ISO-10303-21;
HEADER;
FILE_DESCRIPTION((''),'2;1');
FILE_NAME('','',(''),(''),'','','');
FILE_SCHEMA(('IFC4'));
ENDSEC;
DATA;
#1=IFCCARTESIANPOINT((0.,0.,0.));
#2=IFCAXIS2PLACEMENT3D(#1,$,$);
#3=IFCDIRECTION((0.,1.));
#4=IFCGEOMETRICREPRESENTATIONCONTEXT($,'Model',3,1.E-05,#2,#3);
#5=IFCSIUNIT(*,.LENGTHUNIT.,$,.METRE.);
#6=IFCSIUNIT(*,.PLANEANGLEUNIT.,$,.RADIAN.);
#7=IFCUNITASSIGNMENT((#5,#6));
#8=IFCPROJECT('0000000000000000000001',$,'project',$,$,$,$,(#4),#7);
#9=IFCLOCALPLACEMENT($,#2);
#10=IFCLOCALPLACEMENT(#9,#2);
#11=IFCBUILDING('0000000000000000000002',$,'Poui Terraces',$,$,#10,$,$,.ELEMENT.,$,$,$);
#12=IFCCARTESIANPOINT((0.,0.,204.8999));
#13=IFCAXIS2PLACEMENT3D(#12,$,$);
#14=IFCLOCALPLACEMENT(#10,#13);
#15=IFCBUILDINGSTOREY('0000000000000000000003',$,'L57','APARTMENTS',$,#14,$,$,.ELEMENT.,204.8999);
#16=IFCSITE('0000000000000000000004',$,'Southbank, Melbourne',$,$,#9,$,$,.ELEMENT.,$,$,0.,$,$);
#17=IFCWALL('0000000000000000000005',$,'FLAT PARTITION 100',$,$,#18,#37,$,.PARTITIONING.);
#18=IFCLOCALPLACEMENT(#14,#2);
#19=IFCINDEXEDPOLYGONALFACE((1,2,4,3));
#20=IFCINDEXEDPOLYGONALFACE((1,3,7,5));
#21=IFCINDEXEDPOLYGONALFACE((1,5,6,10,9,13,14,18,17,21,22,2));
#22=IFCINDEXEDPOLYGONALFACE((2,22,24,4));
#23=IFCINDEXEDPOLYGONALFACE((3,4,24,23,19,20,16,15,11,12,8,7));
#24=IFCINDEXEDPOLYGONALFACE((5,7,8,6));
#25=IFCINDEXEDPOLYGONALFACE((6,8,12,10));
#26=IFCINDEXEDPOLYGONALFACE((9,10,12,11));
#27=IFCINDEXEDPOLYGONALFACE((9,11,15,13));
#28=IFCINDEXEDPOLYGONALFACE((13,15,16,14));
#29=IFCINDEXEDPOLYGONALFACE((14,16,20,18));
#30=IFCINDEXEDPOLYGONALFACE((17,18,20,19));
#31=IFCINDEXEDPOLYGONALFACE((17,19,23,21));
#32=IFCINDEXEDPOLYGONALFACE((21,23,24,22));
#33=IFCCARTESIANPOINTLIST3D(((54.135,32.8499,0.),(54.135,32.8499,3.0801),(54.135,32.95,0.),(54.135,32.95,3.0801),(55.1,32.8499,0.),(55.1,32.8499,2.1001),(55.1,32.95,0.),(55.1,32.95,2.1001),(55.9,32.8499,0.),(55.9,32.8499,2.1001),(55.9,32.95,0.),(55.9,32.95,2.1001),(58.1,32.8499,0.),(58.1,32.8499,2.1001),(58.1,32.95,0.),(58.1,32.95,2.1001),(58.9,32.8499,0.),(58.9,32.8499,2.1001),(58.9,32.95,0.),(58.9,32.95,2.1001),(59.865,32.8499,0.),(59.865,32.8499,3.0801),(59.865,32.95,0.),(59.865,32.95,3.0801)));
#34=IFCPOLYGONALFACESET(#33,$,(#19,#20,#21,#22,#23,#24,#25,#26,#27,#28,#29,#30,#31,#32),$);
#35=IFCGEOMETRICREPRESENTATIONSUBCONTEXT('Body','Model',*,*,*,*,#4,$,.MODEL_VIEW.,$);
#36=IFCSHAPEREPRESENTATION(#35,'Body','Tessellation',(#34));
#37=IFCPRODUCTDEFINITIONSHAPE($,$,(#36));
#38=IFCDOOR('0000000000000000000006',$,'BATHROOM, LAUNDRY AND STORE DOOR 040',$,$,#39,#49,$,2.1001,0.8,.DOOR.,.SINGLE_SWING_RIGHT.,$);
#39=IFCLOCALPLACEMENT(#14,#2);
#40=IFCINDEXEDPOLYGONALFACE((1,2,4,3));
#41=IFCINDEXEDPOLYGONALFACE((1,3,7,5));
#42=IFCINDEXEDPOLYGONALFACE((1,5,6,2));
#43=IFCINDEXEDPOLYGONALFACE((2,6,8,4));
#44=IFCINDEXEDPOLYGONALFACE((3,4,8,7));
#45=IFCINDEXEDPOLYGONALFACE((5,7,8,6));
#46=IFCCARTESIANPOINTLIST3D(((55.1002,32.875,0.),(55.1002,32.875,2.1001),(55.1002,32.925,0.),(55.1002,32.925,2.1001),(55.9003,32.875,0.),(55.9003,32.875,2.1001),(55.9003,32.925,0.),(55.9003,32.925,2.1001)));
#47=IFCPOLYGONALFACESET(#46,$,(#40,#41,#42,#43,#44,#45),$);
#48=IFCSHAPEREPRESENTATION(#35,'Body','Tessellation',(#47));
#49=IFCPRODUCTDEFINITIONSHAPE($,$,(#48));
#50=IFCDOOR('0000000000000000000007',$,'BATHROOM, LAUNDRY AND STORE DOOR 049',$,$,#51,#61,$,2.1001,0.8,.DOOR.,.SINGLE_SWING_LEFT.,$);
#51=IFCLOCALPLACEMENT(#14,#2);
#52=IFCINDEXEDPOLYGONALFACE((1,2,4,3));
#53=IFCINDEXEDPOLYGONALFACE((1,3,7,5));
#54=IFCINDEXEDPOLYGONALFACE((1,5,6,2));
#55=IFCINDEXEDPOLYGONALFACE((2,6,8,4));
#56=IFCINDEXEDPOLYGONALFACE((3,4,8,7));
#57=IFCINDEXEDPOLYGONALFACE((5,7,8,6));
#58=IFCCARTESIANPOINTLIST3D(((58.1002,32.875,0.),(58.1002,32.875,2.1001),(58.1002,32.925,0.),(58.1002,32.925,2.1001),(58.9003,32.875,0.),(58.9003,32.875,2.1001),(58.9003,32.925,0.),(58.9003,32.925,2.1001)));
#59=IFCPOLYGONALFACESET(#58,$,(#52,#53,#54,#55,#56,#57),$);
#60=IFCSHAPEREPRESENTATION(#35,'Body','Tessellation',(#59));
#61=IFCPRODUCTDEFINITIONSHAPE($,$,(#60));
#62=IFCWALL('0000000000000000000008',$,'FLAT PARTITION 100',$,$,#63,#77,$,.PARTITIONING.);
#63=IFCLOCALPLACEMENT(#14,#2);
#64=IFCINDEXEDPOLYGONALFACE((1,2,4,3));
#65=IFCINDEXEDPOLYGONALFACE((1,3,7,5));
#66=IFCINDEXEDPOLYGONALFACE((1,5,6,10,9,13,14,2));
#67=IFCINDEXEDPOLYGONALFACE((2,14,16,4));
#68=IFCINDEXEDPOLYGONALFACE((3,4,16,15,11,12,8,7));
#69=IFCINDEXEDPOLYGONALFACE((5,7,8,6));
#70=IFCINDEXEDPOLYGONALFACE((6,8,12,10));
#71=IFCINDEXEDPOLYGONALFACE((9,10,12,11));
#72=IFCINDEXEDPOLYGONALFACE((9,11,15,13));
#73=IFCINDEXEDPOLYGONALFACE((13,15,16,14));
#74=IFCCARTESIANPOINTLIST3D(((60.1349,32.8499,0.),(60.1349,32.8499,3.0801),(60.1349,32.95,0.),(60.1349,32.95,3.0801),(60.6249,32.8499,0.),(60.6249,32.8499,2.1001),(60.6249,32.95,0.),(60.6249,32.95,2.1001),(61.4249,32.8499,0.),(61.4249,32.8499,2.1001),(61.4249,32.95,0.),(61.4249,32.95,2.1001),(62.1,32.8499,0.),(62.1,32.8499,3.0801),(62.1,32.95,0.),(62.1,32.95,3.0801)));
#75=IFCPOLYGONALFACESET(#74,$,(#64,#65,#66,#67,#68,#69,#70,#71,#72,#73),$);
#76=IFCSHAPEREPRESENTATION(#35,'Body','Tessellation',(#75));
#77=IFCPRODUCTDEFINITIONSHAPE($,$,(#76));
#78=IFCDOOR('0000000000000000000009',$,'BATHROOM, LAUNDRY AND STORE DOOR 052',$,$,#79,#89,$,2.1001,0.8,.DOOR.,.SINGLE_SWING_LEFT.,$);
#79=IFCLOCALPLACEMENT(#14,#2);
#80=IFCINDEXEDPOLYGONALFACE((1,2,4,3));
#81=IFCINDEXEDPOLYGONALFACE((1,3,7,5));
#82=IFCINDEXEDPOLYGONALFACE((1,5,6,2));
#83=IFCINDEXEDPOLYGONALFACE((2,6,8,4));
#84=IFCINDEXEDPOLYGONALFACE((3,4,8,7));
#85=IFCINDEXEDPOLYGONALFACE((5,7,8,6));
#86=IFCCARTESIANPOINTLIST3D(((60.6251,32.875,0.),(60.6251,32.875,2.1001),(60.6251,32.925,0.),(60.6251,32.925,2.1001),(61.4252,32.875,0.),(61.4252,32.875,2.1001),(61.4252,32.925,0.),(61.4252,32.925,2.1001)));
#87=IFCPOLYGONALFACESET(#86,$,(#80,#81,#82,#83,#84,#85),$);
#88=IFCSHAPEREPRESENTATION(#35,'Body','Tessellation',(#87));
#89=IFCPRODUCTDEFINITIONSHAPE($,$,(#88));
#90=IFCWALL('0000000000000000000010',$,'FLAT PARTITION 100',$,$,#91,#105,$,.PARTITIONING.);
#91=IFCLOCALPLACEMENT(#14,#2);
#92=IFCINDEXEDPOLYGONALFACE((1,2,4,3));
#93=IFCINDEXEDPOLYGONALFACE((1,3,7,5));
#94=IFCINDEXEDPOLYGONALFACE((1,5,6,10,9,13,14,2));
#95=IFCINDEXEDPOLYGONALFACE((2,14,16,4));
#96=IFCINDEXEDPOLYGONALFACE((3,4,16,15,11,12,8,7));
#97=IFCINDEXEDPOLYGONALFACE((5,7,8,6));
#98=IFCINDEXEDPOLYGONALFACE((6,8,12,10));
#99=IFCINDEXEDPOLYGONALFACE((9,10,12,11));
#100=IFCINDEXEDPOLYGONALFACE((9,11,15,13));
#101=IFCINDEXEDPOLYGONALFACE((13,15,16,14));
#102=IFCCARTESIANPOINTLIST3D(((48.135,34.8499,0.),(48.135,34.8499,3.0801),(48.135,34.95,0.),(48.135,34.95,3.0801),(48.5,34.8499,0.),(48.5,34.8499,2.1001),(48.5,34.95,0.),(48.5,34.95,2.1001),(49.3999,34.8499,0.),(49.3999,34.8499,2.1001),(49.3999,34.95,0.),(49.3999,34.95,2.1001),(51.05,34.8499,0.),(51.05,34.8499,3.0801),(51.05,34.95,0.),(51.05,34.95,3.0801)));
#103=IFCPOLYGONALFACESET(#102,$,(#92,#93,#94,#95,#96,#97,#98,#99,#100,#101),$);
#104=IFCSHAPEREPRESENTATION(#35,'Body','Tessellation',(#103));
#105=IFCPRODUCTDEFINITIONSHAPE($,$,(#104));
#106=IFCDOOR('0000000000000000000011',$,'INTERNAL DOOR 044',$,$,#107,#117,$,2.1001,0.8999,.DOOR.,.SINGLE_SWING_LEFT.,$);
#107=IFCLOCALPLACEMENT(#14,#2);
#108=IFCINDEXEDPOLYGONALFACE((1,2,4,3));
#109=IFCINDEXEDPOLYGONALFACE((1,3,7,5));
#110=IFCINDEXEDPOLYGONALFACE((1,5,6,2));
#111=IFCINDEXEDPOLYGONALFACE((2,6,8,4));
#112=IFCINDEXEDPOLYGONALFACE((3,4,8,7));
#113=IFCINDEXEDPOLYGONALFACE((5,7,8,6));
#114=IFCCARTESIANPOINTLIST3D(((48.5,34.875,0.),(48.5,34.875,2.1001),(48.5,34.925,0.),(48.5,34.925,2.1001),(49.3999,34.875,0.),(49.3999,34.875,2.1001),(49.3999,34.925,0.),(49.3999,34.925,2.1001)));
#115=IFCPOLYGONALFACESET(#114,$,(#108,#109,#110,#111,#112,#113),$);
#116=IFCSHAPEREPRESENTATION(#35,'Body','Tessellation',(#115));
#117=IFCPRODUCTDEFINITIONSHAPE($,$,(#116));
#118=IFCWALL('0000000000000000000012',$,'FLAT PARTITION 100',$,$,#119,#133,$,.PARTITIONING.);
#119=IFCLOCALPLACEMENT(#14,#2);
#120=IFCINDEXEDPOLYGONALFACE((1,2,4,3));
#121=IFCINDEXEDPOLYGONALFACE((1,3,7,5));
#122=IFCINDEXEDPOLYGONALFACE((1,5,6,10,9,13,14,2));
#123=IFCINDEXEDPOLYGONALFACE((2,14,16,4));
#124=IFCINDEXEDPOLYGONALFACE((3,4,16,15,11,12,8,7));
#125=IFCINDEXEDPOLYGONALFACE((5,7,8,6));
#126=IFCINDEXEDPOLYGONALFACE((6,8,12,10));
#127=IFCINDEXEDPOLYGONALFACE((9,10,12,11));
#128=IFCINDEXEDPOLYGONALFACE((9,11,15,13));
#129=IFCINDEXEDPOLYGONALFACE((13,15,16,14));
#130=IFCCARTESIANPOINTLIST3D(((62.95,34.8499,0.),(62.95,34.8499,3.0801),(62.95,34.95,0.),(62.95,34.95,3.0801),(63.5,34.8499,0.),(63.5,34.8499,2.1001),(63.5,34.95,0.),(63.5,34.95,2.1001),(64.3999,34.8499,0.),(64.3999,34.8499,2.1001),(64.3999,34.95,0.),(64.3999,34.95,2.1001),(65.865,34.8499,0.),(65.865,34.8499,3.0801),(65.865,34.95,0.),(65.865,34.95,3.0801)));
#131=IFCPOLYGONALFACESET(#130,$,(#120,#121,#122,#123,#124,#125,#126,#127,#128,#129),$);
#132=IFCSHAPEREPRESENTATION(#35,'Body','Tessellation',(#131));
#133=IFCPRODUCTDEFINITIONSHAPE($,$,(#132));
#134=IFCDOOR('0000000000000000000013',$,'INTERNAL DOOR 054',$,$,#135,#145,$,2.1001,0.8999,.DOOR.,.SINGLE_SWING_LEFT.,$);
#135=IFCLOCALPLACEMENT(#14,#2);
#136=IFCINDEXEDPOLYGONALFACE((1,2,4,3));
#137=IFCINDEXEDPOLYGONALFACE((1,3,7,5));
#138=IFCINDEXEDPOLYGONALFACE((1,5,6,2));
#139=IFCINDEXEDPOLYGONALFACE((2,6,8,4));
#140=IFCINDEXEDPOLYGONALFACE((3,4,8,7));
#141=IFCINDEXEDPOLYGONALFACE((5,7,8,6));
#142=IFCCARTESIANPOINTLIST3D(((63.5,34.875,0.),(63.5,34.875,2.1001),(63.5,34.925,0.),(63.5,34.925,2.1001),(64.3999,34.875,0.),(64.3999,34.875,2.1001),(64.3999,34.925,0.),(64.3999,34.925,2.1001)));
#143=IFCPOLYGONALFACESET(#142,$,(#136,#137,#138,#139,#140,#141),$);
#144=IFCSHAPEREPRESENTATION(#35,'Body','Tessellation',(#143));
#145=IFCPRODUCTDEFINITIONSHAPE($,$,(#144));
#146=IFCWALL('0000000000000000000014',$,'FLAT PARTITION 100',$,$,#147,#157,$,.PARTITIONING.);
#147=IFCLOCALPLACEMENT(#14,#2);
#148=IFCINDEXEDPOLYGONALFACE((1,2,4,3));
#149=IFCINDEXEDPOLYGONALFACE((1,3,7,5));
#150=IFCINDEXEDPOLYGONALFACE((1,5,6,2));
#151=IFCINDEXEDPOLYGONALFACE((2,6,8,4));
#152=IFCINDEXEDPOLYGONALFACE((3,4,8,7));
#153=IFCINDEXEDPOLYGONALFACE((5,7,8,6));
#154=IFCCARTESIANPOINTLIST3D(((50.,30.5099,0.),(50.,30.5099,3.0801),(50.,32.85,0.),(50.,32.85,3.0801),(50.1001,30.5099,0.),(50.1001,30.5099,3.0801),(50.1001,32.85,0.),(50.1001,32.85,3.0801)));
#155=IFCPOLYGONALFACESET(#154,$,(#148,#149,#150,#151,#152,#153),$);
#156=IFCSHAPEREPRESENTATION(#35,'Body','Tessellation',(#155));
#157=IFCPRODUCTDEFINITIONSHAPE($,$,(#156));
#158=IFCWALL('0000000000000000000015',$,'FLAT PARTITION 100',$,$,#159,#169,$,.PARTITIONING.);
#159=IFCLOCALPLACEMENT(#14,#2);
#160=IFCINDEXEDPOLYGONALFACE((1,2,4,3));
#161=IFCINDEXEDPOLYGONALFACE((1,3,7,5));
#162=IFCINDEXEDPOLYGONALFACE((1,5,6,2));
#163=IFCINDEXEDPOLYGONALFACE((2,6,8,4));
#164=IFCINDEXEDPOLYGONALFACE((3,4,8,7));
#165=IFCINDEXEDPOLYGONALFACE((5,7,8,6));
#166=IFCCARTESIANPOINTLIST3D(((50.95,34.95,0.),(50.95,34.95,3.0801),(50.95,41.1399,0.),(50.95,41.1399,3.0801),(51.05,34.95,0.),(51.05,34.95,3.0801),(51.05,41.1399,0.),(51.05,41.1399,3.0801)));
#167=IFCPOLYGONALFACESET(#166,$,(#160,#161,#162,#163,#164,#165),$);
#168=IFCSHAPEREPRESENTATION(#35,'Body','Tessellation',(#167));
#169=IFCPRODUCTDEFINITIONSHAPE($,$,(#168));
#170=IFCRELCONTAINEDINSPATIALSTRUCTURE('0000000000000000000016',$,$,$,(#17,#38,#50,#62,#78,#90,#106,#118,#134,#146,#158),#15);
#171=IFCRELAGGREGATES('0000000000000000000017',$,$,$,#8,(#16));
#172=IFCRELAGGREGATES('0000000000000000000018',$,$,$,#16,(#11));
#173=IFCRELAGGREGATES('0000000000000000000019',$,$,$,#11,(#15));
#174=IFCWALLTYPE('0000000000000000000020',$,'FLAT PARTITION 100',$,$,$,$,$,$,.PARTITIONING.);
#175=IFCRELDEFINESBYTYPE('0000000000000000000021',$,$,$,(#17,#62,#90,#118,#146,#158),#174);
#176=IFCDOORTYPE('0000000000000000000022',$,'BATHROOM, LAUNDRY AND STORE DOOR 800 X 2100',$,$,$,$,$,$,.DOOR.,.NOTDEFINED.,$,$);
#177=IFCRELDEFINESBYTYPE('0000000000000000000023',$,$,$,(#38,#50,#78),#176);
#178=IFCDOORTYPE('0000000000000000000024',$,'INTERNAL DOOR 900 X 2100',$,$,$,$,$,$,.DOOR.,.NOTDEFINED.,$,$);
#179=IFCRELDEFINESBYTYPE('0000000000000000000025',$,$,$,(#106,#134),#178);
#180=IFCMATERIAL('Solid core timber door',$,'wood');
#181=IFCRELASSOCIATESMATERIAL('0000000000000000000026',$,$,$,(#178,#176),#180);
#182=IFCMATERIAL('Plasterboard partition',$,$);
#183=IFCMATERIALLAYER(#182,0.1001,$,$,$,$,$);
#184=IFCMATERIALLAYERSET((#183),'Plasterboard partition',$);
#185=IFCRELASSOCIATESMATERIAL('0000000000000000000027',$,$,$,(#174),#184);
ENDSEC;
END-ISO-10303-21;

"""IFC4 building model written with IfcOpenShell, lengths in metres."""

from ifc_helpers import new_model, si_unit, direction, frame, frame_2d, origin, place, context, subcontext, project, spatial, rectangle, extrude, material, layer, layer_set, type_object, element, fill, save


model = new_model("IFC4")

# Units and contexts
model_context = context("Model", 3, precision=1e-05, world=origin(), true_north=direction((0.0, 1.0)))
body_context = subcontext(model_context, "Body", "Model", "MODEL_VIEW")
ifc_project = project(units=[si_unit("LENGTHUNIT", "METRE"), si_unit("PLANEANGLEUNIT", "RADIAN")], contexts=[model_context])

# Site, building, storey
site_placement = place(None, origin())
site = spatial("IfcSite", under=ifc_project, at=site_placement, Name="Southbank, Melbourne", CompositionType="ELEMENT", RefElevation=0.0)
building_placement = place(site_placement, origin())
building = spatial("IfcBuilding", under=site, at=building_placement, Name="Poui Terraces", CompositionType="ELEMENT")
storey_placement = place(building_placement, frame((0.0, 0.0, 204.8999)))
storey = spatial("IfcBuildingStorey", under=building, at=storey_placement, Name="L57", Description="APARTMENTS", CompositionType="ELEMENT", Elevation=204.8999)

# Shared definitions
ifc_material_1 = material(Name="Solid core timber door", Category="wood")
door_type_1 = type_object("IfcDoorType", Name="INTERNAL DOOR 900 X 2100", OperationType="NOTDEFINED", PredefinedType="DOOR", material=ifc_material_1)
ifc_material_2 = material(Name="Plasterboard partition")
ifc_layer_1 = layer(ifc_material_2, 0.1001)
ifc_layer_set_1 = layer_set([ifc_layer_1], Name="Plasterboard partition")
wall_type_1 = type_object("IfcWallType", Name="FLAT PARTITION 100", PredefinedType="PARTITIONING", material=ifc_layer_set_1)
door_type_2 = type_object("IfcDoorType", Name="BATHROOM, LAUNDRY AND STORE DOOR 800 X 2100", OperationType="NOTDEFINED", PredefinedType="DOOR", material=ifc_material_1)

# Wall, openings, doors
wall_1_placement = place(storey_placement, frame((54.135, 32.8999, 0.0), z_axis=(0.0, 0.0, 1.0), x_axis=(1.0, 0.0, 0.0)))
wall_1 = element("IfcWall", 1, at=wall_1_placement, inside=storey, type_object=wall_type_1, Name="FLAT PARTITION 100", PredefinedType="PARTITIONING", context=body_context, shape_type="SweptSolid", body=[
    extrude(rectangle(XDim=5.73, YDim=0.1001, at=frame_2d((2.865, 0.0))), origin(), (0.0, 0.0, 1.0), 3.0801),
])
opening_1_placement = place(wall_1_placement, frame((0.9651, 0.0, 0.0)))
opening_1 = element("IfcOpeningElement", 2, at=opening_1_placement, cuts=wall_1, PredefinedType="OPENING", context=body_context, shape_type="SweptSolid", body=[
    extrude(rectangle(XDim=0.8, YDim=2.1001, at=frame_2d((0.3999, 1.05))), frame((0.0, 0.0601, 0.0), z_axis=(0.0, -1.0, 0.0), x_axis=(1.0, 0.0, 0.0)), (0.0, 0.0, 1.0), 0.1201),
])
opening_2_placement = place(wall_1_placement, frame((3.9651, 0.0, 0.0)))
opening_2 = element("IfcOpeningElement", 3, at=opening_2_placement, cuts=wall_1, PredefinedType="OPENING", context=body_context, shape_type="SweptSolid", body=[
    extrude(rectangle(XDim=0.8, YDim=2.1001, at=frame_2d((0.3999, 1.05))), frame((0.0, 0.0601, 0.0), z_axis=(0.0, -1.0, 0.0), x_axis=(1.0, 0.0, 0.0)), (0.0, 0.0, 1.0), 0.1201),
])
door_1_placement = place(opening_1_placement, frame((0.8, 0.0, 0.0), z_axis=(0.0, 0.0, 1.0), x_axis=(-1.0, 0.0, 0.0)))
door_1 = element("IfcDoor", 4, at=door_1_placement, inside=storey, type_object=door_type_2, Name="BATHROOM, LAUNDRY AND STORE DOOR 040", OperationType="SINGLE_SWING_RIGHT", OverallHeight=2.1001, OverallWidth=0.8, PredefinedType="DOOR", context=body_context, shape_type="SweptSolid", body=[
    extrude(rectangle(XDim=0.8, YDim=2.1001, at=frame_2d((0.3999, 1.05))), frame((0.0, 0.0249, 0.0), z_axis=(0.0, -1.0, 0.0), x_axis=(1.0, 0.0, 0.0)), (0.0, 0.0, 1.0), 0.05),
])
fill(opening_1, door_1)
door_2_placement = place(opening_2_placement, frame((0.8, 0.0, 0.0), z_axis=(0.0, 0.0, 1.0), x_axis=(-1.0, 0.0, 0.0)))
door_2 = element("IfcDoor", 5, at=door_2_placement, inside=storey, type_object=door_type_2, Name="BATHROOM, LAUNDRY AND STORE DOOR 049", OperationType="SINGLE_SWING_LEFT", OverallHeight=2.1001, OverallWidth=0.8, PredefinedType="DOOR", context=body_context, shape_type="SweptSolid", body=[
    extrude(rectangle(XDim=0.8, YDim=2.1001, at=frame_2d((0.3999, 1.05))), frame((0.0, 0.0249, 0.0), z_axis=(0.0, -1.0, 0.0), x_axis=(1.0, 0.0, 0.0)), (0.0, 0.0, 1.0), 0.05),
])
fill(opening_2, door_2)

# Walls, openings, doors
wall_2_placement = place(storey_placement, frame((60.135, 32.8999, 0.0), z_axis=(0.0, 0.0, 1.0), x_axis=(1.0, 0.0, 0.0)))
wall_2 = element("IfcWall", 6, at=wall_2_placement, inside=storey, type_object=wall_type_1, Name="FLAT PARTITION 100", PredefinedType="PARTITIONING", context=body_context, shape_type="SweptSolid", body=[
    extrude(rectangle(XDim=1.9651, YDim=0.1001, at=frame_2d((0.9824, 0.0))), origin(), (0.0, 0.0, 1.0), 3.0801),
])
opening_3_placement = place(wall_2_placement, frame((0.49, 0.0, 0.0)))
opening_3 = element("IfcOpeningElement", 7, at=opening_3_placement, cuts=wall_2, PredefinedType="OPENING", context=body_context, shape_type="SweptSolid", body=[
    extrude(rectangle(XDim=0.8, YDim=2.1001, at=frame_2d((0.3999, 1.05))), frame((0.0, 0.0601, 0.0), z_axis=(0.0, -1.0, 0.0), x_axis=(1.0, 0.0, 0.0)), (0.0, 0.0, 1.0), 0.1201),
])
door_3_placement = place(opening_3_placement, frame((0.8, 0.0, 0.0), z_axis=(0.0, 0.0, 1.0), x_axis=(-1.0, 0.0, 0.0)))
door_3 = element("IfcDoor", 8, at=door_3_placement, inside=storey, type_object=door_type_2, Name="BATHROOM, LAUNDRY AND STORE DOOR 052", OperationType="SINGLE_SWING_LEFT", OverallHeight=2.1001, OverallWidth=0.8, PredefinedType="DOOR", context=body_context, shape_type="SweptSolid", body=[
    extrude(rectangle(XDim=0.8, YDim=2.1001, at=frame_2d((0.3999, 1.05))), frame((0.0, 0.0249, 0.0), z_axis=(0.0, -1.0, 0.0), x_axis=(1.0, 0.0, 0.0)), (0.0, 0.0, 1.0), 0.05),
])
fill(opening_3, door_3)
wall_3_placement = place(storey_placement, frame((48.135, 34.8999, 0.0), z_axis=(0.0, 0.0, 1.0), x_axis=(1.0, 0.0, 0.0)))
wall_3 = element("IfcWall", 9, at=wall_3_placement, inside=storey, type_object=wall_type_1, Name="FLAT PARTITION 100", PredefinedType="PARTITIONING", context=body_context, shape_type="SweptSolid", body=[
    extrude(rectangle(XDim=2.915, YDim=0.1001, at=frame_2d((1.4575, 0.0))), origin(), (0.0, 0.0, 1.0), 3.0801),
])
opening_4_placement = place(wall_3_placement, frame((0.365, 0.0, 0.0)))
opening_4 = element("IfcOpeningElement", 10, at=opening_4_placement, cuts=wall_3, PredefinedType="OPENING", context=body_context, shape_type="SweptSolid", body=[
    extrude(rectangle(XDim=0.8999, YDim=2.1001, at=frame_2d((0.45, 1.05))), frame((0.0, 0.0601, 0.0), z_axis=(0.0, -1.0, 0.0), x_axis=(1.0, 0.0, 0.0)), (0.0, 0.0, 1.0), 0.1201),
])
door_4_placement = place(opening_4_placement, frame((0.8999, 0.0, 0.0), z_axis=(0.0, 0.0, 1.0), x_axis=(-1.0, 0.0, 0.0)))
door_4 = element("IfcDoor", 11, at=door_4_placement, inside=storey, type_object=door_type_1, Name="INTERNAL DOOR 044", OperationType="SINGLE_SWING_LEFT", OverallHeight=2.1001, OverallWidth=0.8999, PredefinedType="DOOR", context=body_context, shape_type="SweptSolid", body=[
    extrude(rectangle(XDim=0.8999, YDim=2.1001, at=frame_2d((0.45, 1.05))), frame((0.0, 0.0249, 0.0), z_axis=(0.0, -1.0, 0.0), x_axis=(1.0, 0.0, 0.0)), (0.0, 0.0, 1.0), 0.05),
])
fill(opening_4, door_4)
wall_4_placement = place(storey_placement, frame((62.95, 34.8999, 0.0), z_axis=(0.0, 0.0, 1.0), x_axis=(1.0, 0.0, 0.0)))
wall_4 = element("IfcWall", 12, at=wall_4_placement, inside=storey, type_object=wall_type_1, Name="FLAT PARTITION 100", PredefinedType="PARTITIONING", context=body_context, shape_type="SweptSolid", body=[
    extrude(rectangle(XDim=2.915, YDim=0.1001, at=frame_2d((1.4575, 0.0))), origin(), (0.0, 0.0, 1.0), 3.0801),
])
opening_5_placement = place(wall_4_placement, frame((0.55, 0.0, 0.0)))
opening_5 = element("IfcOpeningElement", 13, at=opening_5_placement, cuts=wall_4, PredefinedType="OPENING", context=body_context, shape_type="SweptSolid", body=[
    extrude(rectangle(XDim=0.8999, YDim=2.1001, at=frame_2d((0.45, 1.05))), frame((0.0, 0.0601, 0.0), z_axis=(0.0, -1.0, 0.0), x_axis=(1.0, 0.0, 0.0)), (0.0, 0.0, 1.0), 0.1201),
])
door_5_placement = place(opening_5_placement, frame((0.8999, 0.0, 0.0), z_axis=(0.0, 0.0, 1.0), x_axis=(-1.0, 0.0, 0.0)))
door_5 = element("IfcDoor", 14, at=door_5_placement, inside=storey, type_object=door_type_1, Name="INTERNAL DOOR 054", OperationType="SINGLE_SWING_LEFT", OverallHeight=2.1001, OverallWidth=0.8999, PredefinedType="DOOR", context=body_context, shape_type="SweptSolid", body=[
    extrude(rectangle(XDim=0.8999, YDim=2.1001, at=frame_2d((0.45, 1.05))), frame((0.0, 0.0249, 0.0), z_axis=(0.0, -1.0, 0.0), x_axis=(1.0, 0.0, 0.0)), (0.0, 0.0, 1.0), 0.05),
])
fill(opening_5, door_5)

# Walls
wall_5_placement = place(storey_placement, frame((50.05, 30.51, 0.0), z_axis=(0.0, 0.0, 1.0), x_axis=(0.0, 1.0, 0.0)))
element("IfcWall", 15, at=wall_5_placement, inside=storey, type_object=wall_type_1, Name="FLAT PARTITION 100", PredefinedType="PARTITIONING", context=body_context, shape_type="SweptSolid", body=[
    extrude(rectangle(XDim=2.3401, YDim=0.1001, at=frame_2d((1.1699, 0.0))), origin(), (0.0, 0.0, 1.0), 3.0801),
])
wall_6_placement = place(storey_placement, frame((51.0, 34.95, 0.0), z_axis=(0.0, 0.0, 1.0), x_axis=(0.0, 1.0, 0.0)))
element("IfcWall", 16, at=wall_6_placement, inside=storey, type_object=wall_type_1, Name="FLAT PARTITION 100", PredefinedType="PARTITIONING", context=body_context, shape_type="SweptSolid", body=[
    extrude(rectangle(XDim=6.1899, YDim=0.1001, at=frame_2d((3.095, 0.0))), origin(), (0.0, 0.0, 1.0), 3.0801),
])

save(model, "model.ifc")
